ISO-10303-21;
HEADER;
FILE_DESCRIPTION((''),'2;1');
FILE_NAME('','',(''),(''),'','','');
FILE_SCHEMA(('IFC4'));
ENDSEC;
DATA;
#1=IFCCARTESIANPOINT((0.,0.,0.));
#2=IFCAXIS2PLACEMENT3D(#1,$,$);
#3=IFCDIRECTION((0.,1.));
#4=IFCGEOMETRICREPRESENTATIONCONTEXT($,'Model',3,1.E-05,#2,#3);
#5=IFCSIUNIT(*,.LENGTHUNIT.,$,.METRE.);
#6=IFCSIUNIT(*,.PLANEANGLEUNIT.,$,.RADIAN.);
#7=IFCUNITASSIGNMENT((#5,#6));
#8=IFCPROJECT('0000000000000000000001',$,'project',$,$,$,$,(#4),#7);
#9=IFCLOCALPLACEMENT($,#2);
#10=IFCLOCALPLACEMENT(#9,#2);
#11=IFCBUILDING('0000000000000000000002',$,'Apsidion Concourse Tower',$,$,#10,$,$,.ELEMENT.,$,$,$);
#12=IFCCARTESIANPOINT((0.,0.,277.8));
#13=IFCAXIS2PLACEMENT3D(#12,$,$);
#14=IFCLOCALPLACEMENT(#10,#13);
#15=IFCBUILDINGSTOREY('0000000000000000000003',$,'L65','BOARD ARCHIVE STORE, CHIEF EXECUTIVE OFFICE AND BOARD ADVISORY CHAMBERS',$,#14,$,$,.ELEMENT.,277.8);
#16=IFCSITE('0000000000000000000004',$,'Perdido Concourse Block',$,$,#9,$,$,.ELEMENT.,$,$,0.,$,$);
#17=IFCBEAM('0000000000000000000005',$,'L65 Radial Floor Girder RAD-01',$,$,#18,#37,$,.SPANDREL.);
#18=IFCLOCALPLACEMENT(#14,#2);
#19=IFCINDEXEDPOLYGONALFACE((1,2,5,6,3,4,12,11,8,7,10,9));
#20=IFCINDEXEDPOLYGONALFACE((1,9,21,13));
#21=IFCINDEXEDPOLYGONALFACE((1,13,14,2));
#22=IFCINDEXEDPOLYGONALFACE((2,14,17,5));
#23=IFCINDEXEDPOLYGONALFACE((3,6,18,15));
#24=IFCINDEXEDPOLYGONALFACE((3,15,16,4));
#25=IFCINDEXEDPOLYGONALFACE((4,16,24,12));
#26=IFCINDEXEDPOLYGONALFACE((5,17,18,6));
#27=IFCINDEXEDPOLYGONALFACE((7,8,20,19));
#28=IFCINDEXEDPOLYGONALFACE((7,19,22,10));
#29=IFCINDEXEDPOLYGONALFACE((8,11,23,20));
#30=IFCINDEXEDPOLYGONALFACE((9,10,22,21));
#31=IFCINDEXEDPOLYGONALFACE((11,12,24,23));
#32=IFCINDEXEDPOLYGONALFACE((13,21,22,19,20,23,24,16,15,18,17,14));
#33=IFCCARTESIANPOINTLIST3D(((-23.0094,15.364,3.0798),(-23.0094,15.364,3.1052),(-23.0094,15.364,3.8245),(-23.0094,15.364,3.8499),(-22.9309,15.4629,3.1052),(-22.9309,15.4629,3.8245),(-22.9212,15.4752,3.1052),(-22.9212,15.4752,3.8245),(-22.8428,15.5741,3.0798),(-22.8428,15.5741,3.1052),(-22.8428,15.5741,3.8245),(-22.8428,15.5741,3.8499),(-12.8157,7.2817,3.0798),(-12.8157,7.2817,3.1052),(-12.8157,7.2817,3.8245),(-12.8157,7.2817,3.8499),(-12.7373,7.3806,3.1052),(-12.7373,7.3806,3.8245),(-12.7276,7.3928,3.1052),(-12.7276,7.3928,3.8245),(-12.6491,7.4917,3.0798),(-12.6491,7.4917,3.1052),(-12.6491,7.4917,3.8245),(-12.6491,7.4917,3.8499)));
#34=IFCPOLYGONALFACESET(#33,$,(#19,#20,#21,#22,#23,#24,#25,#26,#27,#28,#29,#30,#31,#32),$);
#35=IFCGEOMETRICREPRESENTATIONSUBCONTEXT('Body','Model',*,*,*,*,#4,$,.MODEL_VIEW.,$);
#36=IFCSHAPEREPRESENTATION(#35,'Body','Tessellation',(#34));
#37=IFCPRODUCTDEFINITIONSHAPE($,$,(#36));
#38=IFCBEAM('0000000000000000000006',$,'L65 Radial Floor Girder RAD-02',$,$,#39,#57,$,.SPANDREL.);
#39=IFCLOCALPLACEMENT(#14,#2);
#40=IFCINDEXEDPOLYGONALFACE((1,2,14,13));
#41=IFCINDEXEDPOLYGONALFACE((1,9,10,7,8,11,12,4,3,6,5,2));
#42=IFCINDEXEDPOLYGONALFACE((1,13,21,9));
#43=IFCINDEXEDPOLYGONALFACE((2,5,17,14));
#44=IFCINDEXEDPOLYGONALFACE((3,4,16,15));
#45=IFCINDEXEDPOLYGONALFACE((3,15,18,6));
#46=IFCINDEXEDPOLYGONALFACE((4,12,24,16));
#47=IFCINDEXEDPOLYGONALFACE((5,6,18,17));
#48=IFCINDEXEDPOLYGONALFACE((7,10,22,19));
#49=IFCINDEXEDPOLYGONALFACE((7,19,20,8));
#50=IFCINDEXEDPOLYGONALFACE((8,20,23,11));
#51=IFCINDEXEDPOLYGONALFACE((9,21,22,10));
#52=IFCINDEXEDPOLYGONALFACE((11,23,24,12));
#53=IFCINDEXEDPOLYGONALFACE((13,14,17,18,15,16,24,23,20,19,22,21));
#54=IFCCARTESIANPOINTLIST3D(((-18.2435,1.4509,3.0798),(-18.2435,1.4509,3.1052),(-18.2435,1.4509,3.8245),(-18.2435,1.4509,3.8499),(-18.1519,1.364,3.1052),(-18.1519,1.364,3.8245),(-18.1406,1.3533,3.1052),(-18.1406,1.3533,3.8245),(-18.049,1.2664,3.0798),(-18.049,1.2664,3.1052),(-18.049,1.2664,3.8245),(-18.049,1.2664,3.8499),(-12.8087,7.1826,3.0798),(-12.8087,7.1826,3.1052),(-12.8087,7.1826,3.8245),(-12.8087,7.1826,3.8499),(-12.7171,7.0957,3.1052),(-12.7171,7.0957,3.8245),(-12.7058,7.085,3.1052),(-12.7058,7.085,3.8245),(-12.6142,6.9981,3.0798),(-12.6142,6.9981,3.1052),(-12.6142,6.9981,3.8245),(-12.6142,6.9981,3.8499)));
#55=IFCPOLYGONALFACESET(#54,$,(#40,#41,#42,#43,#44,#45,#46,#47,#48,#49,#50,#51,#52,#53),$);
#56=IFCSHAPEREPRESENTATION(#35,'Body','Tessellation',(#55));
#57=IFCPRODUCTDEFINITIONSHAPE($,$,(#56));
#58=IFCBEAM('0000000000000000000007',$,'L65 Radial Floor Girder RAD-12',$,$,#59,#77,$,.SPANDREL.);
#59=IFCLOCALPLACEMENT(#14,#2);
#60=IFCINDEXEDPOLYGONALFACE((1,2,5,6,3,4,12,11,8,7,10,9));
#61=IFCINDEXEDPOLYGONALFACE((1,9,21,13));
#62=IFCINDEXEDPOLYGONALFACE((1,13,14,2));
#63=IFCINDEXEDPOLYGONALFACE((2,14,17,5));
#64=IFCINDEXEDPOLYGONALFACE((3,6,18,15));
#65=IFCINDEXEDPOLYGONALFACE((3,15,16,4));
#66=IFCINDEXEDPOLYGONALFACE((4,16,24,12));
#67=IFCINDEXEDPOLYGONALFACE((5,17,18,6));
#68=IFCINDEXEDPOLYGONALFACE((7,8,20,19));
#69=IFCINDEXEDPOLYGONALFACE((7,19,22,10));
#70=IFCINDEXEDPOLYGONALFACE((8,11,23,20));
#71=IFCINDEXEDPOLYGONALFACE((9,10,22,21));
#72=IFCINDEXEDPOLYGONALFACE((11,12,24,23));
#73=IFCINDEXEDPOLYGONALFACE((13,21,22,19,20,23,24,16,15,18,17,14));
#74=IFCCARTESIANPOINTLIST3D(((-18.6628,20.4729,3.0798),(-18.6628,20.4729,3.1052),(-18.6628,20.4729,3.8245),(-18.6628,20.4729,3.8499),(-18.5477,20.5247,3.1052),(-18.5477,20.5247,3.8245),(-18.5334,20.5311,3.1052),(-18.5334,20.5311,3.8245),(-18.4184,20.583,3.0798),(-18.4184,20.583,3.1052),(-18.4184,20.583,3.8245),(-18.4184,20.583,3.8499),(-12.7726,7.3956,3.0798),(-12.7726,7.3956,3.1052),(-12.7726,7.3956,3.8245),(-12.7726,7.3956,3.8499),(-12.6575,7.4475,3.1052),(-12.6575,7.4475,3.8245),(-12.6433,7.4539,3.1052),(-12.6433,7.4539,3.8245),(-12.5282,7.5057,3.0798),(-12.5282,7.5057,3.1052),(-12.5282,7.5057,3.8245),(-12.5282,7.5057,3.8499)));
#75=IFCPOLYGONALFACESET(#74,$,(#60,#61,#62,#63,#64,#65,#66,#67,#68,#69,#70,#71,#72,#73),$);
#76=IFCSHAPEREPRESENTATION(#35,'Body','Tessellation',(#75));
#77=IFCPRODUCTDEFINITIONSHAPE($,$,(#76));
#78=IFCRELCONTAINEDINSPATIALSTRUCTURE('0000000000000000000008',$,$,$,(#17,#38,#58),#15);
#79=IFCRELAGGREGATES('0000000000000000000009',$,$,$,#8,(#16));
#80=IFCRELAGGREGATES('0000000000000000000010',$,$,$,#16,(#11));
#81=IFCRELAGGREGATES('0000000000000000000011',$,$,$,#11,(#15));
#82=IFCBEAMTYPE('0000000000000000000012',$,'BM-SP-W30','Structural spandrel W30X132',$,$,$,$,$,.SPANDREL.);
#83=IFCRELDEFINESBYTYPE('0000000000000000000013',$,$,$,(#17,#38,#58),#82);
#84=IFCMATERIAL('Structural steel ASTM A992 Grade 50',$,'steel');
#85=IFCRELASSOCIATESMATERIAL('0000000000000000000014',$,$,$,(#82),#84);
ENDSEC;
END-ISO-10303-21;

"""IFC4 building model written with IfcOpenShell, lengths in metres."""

from ifc_helpers import new_model, si_unit, direction, frame, origin, origin_2d, place, context, subcontext, project, spatial, i_section, extrude, material, material_profile, profile_set, type_object, element, save


model = new_model("IFC4")

# Units and contexts
model_context = context("Model", 3, precision=1e-05, world=origin(), true_north=direction((0.0, 1.0)))
body_context = subcontext(model_context, "Body", "Model", "MODEL_VIEW")
ifc_project = project(units=[si_unit("LENGTHUNIT", "METRE"), si_unit("PLANEANGLEUNIT", "RADIAN")], contexts=[model_context])

# Site, building, storey
site_placement = place(None, origin())
site = spatial("IfcSite", under=ifc_project, at=site_placement, Name="Perdido Concourse Block", CompositionType="ELEMENT", RefElevation=0.0)
building_placement = place(site_placement, origin())
building = spatial("IfcBuilding", under=site, at=building_placement, Name="Apsidion Concourse Tower", CompositionType="ELEMENT")
storey_placement = place(building_placement, frame((0.0, 0.0, 277.8)))
storey = spatial("IfcBuildingStorey", under=building, at=storey_placement, Name="L65", Description="BOARD ARCHIVE STORE, CHIEF EXECUTIVE OFFICE AND BOARD ADVISORY CHAMBERS", CompositionType="ELEMENT", Elevation=277.8)

# Shared definitions
ifc_material_1 = material(Name="Structural steel ASTM A992 Grade 50", Category="steel")

# Beams
ifc_material_profile_1 = material_profile(ifc_material_1, i_section(OverallWidth=0.2681, OverallDepth=0.77, WebThickness=0.0156, FlangeThickness=0.0254, at=origin_2d()), Name="W30X132")
ifc_profile_set_1 = profile_set([ifc_material_profile_1], Name="Structural steel ASTM A992 Grade 50")
beam_type_1 = type_object("IfcBeamType", Name="BM-SP-W30", Description="Structural spandrel W30X132", PredefinedType="SPANDREL", material=ifc_profile_set_1)
beam_1_placement = place(storey_placement, frame((-12.7324, 7.3867, 3.4648), z_axis=(-0.783584, 0.621286, 0.0), x_axis=(-0.621286, -0.783584, 0.0)))
element("IfcBeam", 1, at=beam_1_placement, inside=storey, type_object=beam_type_1, Name="L65 Radial Floor Girder RAD-01", PredefinedType="SPANDREL", context=body_context, shape_type="SweptSolid", body=[
    extrude(i_section(OverallWidth=0.2681, OverallDepth=0.77, WebThickness=0.0156, FlangeThickness=0.0254, at=origin_2d()), origin(), (0.0, 0.0, 1.0), 13.009),
])
beam_2_placement = place(storey_placement, frame((-12.7114, 7.0903, 3.4648), z_axis=(-0.688064, -0.72565, 0.0), x_axis=(0.72565, -0.688064, 0.0)))
element("IfcBeam", 2, at=beam_2_placement, inside=storey, type_object=beam_type_1, Name="L65 Radial Floor Girder RAD-02", PredefinedType="SPANDREL", context=body_context, shape_type="SweptSolid", body=[
    extrude(i_section(OverallWidth=0.2681, OverallDepth=0.77, WebThickness=0.0156, FlangeThickness=0.0254, at=origin_2d()), origin(), (0.0, 0.0, 1.0), 7.8987),
])
beam_3_placement = place(storey_placement, frame((-12.6504, 7.4507, 3.4648), z_axis=(-0.410679, 0.91178, 0.0), x_axis=(-0.91178, -0.410679, 0.0)))
element("IfcBeam", 3, at=beam_3_placement, inside=storey, type_object=beam_type_1, Name="L65 Radial Floor Girder RAD-12", PredefinedType="SPANDREL", context=body_context, shape_type="SweptSolid", body=[
    extrude(i_section(OverallWidth=0.2681, OverallDepth=0.77, WebThickness=0.0156, FlangeThickness=0.0254, at=origin_2d()), origin(), (0.0, 0.0, 1.0), 14.3425),
])

save(model, "model.ifc")
